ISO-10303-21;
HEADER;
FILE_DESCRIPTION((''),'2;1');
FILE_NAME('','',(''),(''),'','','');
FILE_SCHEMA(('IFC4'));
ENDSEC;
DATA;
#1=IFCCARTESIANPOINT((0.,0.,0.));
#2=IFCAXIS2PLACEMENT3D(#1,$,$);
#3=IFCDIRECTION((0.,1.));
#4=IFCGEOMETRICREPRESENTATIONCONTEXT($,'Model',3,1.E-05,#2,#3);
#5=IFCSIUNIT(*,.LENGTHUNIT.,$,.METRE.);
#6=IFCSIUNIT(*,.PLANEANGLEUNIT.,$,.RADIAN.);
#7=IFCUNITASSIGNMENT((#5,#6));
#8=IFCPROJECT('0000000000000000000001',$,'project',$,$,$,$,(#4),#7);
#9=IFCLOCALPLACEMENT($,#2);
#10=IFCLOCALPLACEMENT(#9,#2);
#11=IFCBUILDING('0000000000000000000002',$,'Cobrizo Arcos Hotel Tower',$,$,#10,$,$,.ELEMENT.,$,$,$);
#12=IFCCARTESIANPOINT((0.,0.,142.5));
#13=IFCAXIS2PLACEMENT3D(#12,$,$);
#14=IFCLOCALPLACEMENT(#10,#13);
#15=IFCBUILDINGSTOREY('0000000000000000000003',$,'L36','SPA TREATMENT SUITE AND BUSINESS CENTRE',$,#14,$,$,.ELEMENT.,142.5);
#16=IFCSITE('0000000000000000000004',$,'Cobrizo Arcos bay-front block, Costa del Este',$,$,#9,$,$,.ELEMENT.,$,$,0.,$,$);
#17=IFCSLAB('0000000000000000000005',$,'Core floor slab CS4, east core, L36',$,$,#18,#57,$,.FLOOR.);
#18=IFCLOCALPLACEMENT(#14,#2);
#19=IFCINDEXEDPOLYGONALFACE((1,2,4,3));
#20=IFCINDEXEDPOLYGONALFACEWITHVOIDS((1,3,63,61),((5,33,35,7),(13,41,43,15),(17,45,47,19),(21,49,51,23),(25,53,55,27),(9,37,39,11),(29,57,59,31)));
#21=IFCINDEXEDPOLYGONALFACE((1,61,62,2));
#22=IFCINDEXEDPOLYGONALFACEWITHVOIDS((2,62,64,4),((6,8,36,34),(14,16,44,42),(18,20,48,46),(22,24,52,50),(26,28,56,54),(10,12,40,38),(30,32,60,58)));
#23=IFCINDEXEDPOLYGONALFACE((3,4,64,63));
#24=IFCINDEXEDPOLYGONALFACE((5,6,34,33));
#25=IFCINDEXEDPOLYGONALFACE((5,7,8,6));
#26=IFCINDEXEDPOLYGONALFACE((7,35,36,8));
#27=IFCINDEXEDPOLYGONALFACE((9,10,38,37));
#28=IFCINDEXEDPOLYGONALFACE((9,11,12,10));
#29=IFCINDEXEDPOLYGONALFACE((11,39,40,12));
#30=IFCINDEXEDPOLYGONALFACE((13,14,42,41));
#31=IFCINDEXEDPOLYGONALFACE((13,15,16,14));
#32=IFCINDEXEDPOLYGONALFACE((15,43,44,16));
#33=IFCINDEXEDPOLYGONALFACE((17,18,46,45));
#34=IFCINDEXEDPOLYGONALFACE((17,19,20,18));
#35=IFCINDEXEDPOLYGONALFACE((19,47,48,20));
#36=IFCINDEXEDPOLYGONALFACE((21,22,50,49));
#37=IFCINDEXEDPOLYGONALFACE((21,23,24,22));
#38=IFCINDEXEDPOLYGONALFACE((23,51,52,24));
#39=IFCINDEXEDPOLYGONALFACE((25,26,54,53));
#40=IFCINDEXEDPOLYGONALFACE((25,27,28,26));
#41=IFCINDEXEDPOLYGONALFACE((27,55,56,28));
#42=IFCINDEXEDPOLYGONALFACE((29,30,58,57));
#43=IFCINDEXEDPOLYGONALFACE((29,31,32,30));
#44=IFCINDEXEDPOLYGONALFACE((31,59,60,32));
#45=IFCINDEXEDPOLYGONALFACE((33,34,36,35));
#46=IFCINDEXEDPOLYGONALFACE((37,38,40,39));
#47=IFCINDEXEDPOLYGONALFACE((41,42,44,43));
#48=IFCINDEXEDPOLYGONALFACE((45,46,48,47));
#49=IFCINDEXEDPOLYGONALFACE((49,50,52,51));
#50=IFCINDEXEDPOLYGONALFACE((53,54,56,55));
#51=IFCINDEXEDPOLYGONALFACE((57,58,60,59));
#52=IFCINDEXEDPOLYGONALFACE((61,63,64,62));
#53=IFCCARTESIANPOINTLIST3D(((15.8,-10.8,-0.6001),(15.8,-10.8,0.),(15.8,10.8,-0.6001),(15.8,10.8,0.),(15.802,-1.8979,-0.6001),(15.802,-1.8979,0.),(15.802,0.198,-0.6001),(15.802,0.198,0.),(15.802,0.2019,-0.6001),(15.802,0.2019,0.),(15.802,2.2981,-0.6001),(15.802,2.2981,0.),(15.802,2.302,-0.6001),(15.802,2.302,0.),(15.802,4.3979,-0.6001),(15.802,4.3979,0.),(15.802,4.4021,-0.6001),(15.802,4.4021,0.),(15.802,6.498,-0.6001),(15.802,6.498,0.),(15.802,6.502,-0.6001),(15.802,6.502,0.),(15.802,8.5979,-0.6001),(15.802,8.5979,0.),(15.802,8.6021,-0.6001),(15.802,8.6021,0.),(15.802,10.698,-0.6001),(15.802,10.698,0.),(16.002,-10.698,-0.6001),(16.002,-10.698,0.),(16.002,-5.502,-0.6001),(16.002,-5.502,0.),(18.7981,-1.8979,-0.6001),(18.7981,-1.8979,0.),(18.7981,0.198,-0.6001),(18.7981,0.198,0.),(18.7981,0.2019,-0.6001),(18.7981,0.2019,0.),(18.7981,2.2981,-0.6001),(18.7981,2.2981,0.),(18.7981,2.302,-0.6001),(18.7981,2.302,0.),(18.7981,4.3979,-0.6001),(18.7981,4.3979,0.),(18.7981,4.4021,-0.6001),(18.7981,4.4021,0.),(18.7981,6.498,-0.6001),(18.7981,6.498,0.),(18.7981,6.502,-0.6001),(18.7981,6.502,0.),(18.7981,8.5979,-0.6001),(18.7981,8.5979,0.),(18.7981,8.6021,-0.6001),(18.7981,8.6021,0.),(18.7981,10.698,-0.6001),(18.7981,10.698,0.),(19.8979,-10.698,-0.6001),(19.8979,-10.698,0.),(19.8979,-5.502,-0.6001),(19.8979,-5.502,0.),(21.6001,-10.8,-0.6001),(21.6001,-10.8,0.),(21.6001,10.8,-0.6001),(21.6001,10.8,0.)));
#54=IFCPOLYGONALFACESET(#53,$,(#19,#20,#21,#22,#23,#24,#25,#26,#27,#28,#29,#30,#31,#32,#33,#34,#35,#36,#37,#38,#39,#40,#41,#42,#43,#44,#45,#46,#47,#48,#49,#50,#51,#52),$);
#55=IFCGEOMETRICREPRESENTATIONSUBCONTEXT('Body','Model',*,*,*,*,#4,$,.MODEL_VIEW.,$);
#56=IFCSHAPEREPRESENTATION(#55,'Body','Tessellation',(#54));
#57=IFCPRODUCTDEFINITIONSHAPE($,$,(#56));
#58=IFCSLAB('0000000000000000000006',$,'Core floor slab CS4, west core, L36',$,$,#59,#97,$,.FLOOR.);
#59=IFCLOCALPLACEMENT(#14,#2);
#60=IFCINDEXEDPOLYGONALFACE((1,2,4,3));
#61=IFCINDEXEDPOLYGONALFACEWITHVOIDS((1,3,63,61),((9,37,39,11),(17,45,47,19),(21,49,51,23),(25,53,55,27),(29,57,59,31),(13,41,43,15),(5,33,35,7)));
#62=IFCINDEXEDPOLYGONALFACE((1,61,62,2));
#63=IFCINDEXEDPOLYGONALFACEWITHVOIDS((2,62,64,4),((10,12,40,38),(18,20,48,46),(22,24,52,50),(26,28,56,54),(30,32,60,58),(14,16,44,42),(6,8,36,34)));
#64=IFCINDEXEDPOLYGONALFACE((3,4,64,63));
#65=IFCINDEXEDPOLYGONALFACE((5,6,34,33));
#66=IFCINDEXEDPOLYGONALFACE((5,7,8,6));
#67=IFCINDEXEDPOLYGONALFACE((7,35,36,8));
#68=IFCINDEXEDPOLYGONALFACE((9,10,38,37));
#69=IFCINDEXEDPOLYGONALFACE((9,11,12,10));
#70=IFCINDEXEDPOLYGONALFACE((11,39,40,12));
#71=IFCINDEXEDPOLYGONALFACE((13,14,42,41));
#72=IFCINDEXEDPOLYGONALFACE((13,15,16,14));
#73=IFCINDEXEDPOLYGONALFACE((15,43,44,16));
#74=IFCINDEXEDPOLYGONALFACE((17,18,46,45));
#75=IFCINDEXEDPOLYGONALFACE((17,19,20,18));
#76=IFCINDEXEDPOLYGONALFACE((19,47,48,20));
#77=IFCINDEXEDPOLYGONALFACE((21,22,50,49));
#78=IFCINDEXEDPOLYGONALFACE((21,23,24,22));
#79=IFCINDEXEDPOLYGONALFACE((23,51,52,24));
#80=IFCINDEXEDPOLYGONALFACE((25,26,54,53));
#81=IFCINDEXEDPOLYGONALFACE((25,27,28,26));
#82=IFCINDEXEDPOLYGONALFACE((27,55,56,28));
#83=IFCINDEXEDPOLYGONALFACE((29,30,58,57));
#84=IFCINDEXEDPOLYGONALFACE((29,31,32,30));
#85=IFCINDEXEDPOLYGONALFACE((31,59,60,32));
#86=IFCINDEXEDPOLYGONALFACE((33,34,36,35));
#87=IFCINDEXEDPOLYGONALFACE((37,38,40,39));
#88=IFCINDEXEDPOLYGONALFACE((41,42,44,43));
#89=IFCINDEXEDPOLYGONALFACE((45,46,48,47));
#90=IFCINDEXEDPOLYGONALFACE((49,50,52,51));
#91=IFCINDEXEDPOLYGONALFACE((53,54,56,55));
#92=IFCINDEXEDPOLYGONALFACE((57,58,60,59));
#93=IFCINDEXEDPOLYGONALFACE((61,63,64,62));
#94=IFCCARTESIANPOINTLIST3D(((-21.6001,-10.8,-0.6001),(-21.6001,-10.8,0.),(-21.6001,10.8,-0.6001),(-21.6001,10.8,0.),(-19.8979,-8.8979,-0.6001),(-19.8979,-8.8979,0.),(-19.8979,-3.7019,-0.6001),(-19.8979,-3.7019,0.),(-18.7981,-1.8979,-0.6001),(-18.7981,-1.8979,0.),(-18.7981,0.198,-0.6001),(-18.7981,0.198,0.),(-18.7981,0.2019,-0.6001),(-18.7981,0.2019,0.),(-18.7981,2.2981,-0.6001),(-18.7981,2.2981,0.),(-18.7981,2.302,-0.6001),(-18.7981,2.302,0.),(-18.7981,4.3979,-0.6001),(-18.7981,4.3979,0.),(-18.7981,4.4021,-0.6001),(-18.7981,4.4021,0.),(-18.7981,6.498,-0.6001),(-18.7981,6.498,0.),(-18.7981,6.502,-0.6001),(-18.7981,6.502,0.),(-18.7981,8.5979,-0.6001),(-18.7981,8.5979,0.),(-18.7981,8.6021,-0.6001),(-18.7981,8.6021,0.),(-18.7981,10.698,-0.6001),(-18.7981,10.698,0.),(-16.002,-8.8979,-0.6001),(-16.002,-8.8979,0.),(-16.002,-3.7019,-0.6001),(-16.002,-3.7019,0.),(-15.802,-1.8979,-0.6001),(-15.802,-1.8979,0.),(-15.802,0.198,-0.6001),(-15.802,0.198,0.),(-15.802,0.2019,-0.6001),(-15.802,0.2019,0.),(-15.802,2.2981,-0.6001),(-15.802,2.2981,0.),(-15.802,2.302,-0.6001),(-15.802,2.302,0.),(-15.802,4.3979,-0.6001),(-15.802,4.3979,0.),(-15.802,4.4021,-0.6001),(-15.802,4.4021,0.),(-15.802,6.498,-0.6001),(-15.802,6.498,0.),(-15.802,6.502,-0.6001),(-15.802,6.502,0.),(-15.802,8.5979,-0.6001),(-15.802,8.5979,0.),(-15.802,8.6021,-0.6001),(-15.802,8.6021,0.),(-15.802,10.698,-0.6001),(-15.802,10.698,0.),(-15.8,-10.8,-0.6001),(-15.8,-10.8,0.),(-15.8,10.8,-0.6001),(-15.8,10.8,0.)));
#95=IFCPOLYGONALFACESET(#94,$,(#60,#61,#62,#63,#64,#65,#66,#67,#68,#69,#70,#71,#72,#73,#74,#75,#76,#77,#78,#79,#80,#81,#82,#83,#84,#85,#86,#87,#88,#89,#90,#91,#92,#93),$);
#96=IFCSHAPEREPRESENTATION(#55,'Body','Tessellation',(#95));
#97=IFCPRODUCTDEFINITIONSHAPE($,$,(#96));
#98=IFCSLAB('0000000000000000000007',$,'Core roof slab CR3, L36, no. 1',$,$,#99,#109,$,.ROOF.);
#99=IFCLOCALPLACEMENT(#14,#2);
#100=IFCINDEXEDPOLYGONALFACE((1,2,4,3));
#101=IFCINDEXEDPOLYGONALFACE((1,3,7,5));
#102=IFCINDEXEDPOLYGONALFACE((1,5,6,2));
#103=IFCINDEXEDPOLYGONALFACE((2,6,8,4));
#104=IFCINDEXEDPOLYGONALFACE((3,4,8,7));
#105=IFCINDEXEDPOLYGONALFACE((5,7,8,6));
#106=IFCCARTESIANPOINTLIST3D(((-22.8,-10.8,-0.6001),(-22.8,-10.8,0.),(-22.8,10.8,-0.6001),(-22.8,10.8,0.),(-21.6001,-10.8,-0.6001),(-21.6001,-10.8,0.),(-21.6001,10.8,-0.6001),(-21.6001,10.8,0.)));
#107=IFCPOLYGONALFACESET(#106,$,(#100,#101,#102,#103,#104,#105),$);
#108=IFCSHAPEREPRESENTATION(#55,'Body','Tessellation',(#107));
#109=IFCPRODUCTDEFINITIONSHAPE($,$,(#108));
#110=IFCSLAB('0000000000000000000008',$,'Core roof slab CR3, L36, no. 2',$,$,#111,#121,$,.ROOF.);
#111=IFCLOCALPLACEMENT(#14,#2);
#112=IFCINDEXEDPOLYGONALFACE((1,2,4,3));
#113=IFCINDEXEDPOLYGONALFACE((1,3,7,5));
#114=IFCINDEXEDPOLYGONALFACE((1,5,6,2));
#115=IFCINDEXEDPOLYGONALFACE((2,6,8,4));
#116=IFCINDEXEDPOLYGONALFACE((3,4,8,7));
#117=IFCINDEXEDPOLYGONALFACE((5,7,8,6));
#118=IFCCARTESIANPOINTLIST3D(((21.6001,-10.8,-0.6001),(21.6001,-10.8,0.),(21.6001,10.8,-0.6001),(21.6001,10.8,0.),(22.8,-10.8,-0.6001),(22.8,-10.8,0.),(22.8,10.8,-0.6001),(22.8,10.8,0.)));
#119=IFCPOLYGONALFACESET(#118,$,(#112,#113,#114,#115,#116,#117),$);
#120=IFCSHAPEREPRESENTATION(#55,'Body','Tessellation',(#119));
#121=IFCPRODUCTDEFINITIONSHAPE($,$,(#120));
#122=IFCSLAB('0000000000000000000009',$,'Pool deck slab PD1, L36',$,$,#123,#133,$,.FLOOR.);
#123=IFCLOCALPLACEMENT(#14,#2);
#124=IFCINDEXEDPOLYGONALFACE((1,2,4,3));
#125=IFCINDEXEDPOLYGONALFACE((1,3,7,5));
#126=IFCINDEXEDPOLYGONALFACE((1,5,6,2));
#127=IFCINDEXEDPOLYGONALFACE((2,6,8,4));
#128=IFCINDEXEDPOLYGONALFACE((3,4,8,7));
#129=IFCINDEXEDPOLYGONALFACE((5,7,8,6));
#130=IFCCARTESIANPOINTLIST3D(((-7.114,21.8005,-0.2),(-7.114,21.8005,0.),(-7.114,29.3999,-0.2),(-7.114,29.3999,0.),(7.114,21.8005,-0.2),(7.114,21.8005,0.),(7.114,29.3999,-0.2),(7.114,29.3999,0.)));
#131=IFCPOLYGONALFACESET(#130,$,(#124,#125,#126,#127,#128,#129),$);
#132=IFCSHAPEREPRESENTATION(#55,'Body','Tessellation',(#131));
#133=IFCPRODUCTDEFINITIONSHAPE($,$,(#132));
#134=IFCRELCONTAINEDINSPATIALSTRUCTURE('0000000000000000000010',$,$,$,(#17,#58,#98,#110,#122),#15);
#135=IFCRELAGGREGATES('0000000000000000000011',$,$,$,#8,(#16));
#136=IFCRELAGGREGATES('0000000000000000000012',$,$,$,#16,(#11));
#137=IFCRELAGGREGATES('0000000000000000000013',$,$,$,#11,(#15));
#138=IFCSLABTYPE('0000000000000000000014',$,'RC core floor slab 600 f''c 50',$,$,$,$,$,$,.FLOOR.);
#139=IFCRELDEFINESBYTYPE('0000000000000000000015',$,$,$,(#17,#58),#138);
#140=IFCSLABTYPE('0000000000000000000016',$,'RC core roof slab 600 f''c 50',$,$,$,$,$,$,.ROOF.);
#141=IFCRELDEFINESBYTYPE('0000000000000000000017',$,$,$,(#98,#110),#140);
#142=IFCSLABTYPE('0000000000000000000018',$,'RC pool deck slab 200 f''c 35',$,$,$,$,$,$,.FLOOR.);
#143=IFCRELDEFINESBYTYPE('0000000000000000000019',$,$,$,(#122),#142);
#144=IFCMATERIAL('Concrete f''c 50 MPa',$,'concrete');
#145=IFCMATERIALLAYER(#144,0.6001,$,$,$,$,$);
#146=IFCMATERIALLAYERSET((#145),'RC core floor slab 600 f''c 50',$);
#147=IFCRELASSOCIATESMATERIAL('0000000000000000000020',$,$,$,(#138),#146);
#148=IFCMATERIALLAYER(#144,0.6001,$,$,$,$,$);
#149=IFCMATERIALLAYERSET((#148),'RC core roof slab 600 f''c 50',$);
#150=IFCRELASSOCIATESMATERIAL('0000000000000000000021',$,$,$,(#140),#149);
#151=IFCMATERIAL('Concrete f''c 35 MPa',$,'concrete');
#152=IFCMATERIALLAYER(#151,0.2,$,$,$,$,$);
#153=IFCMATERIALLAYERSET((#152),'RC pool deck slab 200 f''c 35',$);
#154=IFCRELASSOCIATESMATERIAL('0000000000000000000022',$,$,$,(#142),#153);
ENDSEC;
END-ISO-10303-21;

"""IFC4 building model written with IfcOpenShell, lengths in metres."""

from ifc_helpers import new_model, si_unit, direction, frame, origin, place, context, subcontext, project, spatial, polyline, outline, extrude, material, layer, layer_set, type_object, element, save


model = new_model("IFC4")

# Units and contexts
model_context = context("Model", 3, precision=1e-05, world=origin(), true_north=direction((0.0, 1.0)))
body_context = subcontext(model_context, "Body", "Model", "MODEL_VIEW")
ifc_project = project(units=[si_unit("LENGTHUNIT", "METRE"), si_unit("PLANEANGLEUNIT", "RADIAN")], contexts=[model_context])

# Site, building, storey
site_placement = place(None, origin())
site = spatial("IfcSite", under=ifc_project, at=site_placement, Name="Cobrizo Arcos bay-front block, Costa del Este", CompositionType="ELEMENT", RefElevation=0.0)
building_placement = place(site_placement, origin())
building = spatial("IfcBuilding", under=site, at=building_placement, Name="Cobrizo Arcos Hotel Tower", CompositionType="ELEMENT")
storey_placement = place(building_placement, frame((0.0, 0.0, 142.5)))
storey = spatial("IfcBuildingStorey", under=building, at=storey_placement, Name="L36", Description="SPA TREATMENT SUITE AND BUSINESS CENTRE", CompositionType="ELEMENT", Elevation=142.5)

# Slabs
ifc_material_1 = material(Name="Concrete f'c 35 MPa", Category="concrete")
ifc_material_2 = material(Name="Concrete f'c 50 MPa", Category="concrete")
ifc_layer_1 = layer(ifc_material_2, 0.6001)
ifc_layer_set_1 = layer_set([ifc_layer_1], Name="RC core floor slab 600 f'c 50")
slab_type_1 = type_object("IfcSlabType", Name="RC core floor slab 600 f'c 50", PredefinedType="FLOOR", material=ifc_layer_set_1)
slab_1_placement = place(storey_placement, frame((0.0, 0.0, -0.6001)))
element("IfcSlab", 1, at=slab_1_placement, inside=storey, type_object=slab_type_1, Name="Core floor slab CS4, east core, L36", PredefinedType="FLOOR", context=body_context, shape_type="SweptSolid", body=[
    extrude(outline(polyline([(15.8, 10.8), (21.6001, 10.8), (21.6001, -10.8), (15.8, -10.8), (15.8, 10.8)]), holes=[polyline([(19.8979, -10.698), (19.8979, -5.502), (16.002, -5.502), (16.002, -10.698), (19.8979, -10.698)]), polyline([(15.802, 0.198), (15.802, -1.8979), (18.7981, -1.8979), (18.7981, 0.198), (15.802, 0.198)]), polyline([(18.7981, 2.2981), (15.802, 2.2981), (15.802, 0.2019), (18.7981, 0.2019), (18.7981, 2.2981)]), polyline([(18.7981, 4.3979), (15.802, 4.3979), (15.802, 2.302), (18.7981, 2.302), (18.7981, 4.3979)]), polyline([(15.802, 6.498), (15.802, 4.4021), (18.7981, 4.4021), (18.7981, 6.498), (15.802, 6.498)]), polyline([(18.7981, 8.5979), (15.802, 8.5979), (15.802, 6.502), (18.7981, 6.502), (18.7981, 8.5979)]), polyline([(18.7981, 10.698), (15.802, 10.698), (15.802, 8.6021), (18.7981, 8.6021), (18.7981, 10.698)])]), origin(), (0.0, 0.0, 1.0), 0.6001),
])
slab_2_placement = place(storey_placement, frame((0.0, 0.0, -0.6001)))
element("IfcSlab", 2, at=slab_2_placement, inside=storey, type_object=slab_type_1, Name="Core floor slab CS4, west core, L36", PredefinedType="FLOOR", context=body_context, shape_type="SweptSolid", body=[
    extrude(outline(polyline([(-21.6001, 10.8), (-15.8, 10.8), (-15.8, -10.8), (-21.6001, -10.8), (-21.6001, 10.8)]), holes=[polyline([(-19.8979, -3.7019), (-19.8979, -8.8979), (-16.002, -8.8979), (-16.002, -3.7019), (-19.8979, -3.7019)]), polyline([(-18.7981, 0.198), (-18.7981, -1.8979), (-15.802, -1.8979), (-15.802, 0.198), (-18.7981, 0.198)]), polyline([(-15.802, 2.2981), (-18.7981, 2.2981), (-18.7981, 0.2019), (-15.802, 0.2019), (-15.802, 2.2981)]), polyline([(-15.802, 4.3979), (-18.7981, 4.3979), (-18.7981, 2.302), (-15.802, 2.302), (-15.802, 4.3979)]), polyline([(-18.7981, 6.498), (-18.7981, 4.4021), (-15.802, 4.4021), (-15.802, 6.498), (-18.7981, 6.498)]), polyline([(-15.802, 8.5979), (-18.7981, 8.5979), (-18.7981, 6.502), (-15.802, 6.502), (-15.802, 8.5979)]), polyline([(-15.802, 10.698), (-18.7981, 10.698), (-18.7981, 8.6021), (-15.802, 8.6021), (-15.802, 10.698)])]), origin(), (0.0, 0.0, 1.0), 0.6001),
])
ifc_layer_2 = layer(ifc_material_2, 0.6001)
ifc_layer_set_2 = layer_set([ifc_layer_2], Name="RC core roof slab 600 f'c 50")
slab_type_2 = type_object("IfcSlabType", Name="RC core roof slab 600 f'c 50", PredefinedType="ROOF", material=ifc_layer_set_2)
slab_3_placement = place(storey_placement, frame((0.0, 0.0, -0.6001)))
element("IfcSlab", 3, at=slab_3_placement, inside=storey, type_object=slab_type_2, Name="Core roof slab CR3, L36, no. 1", PredefinedType="ROOF", context=body_context, shape_type="SweptSolid", body=[
    extrude(outline(polyline([(-22.8, -10.8), (-22.8, 10.8), (-21.6001, 10.8), (-21.6001, -10.8), (-22.8, -10.8)])), origin(), (0.0, 0.0, 1.0), 0.6001),
])
slab_4_placement = place(storey_placement, frame((0.0, 0.0, -0.6001)))
element("IfcSlab", 4, at=slab_4_placement, inside=storey, type_object=slab_type_2, Name="Core roof slab CR3, L36, no. 2", PredefinedType="ROOF", context=body_context, shape_type="SweptSolid", body=[
    extrude(outline(polyline([(22.8, 10.8), (22.8, -10.8), (21.6001, -10.8), (21.6001, 10.8), (22.8, 10.8)])), origin(), (0.0, 0.0, 1.0), 0.6001),
])
ifc_layer_3 = layer(ifc_material_1, 0.2)
ifc_layer_set_3 = layer_set([ifc_layer_3], Name="RC pool deck slab 200 f'c 35")
slab_type_3 = type_object("IfcSlabType", Name="RC pool deck slab 200 f'c 35", PredefinedType="FLOOR", material=ifc_layer_set_3)
slab_5_placement = place(storey_placement, frame((0.0, 0.0, -0.2)))
element("IfcSlab", 5, at=slab_5_placement, inside=storey, type_object=slab_type_3, Name="Pool deck slab PD1, L36", PredefinedType="FLOOR", context=body_context, shape_type="SweptSolid", body=[
    extrude(outline(polyline([(7.114, 21.8005), (7.114, 29.3999), (-7.114, 29.3999), (-7.114, 21.8005), (7.114, 21.8005)])), origin(), (0.0, 0.0, 1.0), 0.2),
])

save(model, "model.ifc")
